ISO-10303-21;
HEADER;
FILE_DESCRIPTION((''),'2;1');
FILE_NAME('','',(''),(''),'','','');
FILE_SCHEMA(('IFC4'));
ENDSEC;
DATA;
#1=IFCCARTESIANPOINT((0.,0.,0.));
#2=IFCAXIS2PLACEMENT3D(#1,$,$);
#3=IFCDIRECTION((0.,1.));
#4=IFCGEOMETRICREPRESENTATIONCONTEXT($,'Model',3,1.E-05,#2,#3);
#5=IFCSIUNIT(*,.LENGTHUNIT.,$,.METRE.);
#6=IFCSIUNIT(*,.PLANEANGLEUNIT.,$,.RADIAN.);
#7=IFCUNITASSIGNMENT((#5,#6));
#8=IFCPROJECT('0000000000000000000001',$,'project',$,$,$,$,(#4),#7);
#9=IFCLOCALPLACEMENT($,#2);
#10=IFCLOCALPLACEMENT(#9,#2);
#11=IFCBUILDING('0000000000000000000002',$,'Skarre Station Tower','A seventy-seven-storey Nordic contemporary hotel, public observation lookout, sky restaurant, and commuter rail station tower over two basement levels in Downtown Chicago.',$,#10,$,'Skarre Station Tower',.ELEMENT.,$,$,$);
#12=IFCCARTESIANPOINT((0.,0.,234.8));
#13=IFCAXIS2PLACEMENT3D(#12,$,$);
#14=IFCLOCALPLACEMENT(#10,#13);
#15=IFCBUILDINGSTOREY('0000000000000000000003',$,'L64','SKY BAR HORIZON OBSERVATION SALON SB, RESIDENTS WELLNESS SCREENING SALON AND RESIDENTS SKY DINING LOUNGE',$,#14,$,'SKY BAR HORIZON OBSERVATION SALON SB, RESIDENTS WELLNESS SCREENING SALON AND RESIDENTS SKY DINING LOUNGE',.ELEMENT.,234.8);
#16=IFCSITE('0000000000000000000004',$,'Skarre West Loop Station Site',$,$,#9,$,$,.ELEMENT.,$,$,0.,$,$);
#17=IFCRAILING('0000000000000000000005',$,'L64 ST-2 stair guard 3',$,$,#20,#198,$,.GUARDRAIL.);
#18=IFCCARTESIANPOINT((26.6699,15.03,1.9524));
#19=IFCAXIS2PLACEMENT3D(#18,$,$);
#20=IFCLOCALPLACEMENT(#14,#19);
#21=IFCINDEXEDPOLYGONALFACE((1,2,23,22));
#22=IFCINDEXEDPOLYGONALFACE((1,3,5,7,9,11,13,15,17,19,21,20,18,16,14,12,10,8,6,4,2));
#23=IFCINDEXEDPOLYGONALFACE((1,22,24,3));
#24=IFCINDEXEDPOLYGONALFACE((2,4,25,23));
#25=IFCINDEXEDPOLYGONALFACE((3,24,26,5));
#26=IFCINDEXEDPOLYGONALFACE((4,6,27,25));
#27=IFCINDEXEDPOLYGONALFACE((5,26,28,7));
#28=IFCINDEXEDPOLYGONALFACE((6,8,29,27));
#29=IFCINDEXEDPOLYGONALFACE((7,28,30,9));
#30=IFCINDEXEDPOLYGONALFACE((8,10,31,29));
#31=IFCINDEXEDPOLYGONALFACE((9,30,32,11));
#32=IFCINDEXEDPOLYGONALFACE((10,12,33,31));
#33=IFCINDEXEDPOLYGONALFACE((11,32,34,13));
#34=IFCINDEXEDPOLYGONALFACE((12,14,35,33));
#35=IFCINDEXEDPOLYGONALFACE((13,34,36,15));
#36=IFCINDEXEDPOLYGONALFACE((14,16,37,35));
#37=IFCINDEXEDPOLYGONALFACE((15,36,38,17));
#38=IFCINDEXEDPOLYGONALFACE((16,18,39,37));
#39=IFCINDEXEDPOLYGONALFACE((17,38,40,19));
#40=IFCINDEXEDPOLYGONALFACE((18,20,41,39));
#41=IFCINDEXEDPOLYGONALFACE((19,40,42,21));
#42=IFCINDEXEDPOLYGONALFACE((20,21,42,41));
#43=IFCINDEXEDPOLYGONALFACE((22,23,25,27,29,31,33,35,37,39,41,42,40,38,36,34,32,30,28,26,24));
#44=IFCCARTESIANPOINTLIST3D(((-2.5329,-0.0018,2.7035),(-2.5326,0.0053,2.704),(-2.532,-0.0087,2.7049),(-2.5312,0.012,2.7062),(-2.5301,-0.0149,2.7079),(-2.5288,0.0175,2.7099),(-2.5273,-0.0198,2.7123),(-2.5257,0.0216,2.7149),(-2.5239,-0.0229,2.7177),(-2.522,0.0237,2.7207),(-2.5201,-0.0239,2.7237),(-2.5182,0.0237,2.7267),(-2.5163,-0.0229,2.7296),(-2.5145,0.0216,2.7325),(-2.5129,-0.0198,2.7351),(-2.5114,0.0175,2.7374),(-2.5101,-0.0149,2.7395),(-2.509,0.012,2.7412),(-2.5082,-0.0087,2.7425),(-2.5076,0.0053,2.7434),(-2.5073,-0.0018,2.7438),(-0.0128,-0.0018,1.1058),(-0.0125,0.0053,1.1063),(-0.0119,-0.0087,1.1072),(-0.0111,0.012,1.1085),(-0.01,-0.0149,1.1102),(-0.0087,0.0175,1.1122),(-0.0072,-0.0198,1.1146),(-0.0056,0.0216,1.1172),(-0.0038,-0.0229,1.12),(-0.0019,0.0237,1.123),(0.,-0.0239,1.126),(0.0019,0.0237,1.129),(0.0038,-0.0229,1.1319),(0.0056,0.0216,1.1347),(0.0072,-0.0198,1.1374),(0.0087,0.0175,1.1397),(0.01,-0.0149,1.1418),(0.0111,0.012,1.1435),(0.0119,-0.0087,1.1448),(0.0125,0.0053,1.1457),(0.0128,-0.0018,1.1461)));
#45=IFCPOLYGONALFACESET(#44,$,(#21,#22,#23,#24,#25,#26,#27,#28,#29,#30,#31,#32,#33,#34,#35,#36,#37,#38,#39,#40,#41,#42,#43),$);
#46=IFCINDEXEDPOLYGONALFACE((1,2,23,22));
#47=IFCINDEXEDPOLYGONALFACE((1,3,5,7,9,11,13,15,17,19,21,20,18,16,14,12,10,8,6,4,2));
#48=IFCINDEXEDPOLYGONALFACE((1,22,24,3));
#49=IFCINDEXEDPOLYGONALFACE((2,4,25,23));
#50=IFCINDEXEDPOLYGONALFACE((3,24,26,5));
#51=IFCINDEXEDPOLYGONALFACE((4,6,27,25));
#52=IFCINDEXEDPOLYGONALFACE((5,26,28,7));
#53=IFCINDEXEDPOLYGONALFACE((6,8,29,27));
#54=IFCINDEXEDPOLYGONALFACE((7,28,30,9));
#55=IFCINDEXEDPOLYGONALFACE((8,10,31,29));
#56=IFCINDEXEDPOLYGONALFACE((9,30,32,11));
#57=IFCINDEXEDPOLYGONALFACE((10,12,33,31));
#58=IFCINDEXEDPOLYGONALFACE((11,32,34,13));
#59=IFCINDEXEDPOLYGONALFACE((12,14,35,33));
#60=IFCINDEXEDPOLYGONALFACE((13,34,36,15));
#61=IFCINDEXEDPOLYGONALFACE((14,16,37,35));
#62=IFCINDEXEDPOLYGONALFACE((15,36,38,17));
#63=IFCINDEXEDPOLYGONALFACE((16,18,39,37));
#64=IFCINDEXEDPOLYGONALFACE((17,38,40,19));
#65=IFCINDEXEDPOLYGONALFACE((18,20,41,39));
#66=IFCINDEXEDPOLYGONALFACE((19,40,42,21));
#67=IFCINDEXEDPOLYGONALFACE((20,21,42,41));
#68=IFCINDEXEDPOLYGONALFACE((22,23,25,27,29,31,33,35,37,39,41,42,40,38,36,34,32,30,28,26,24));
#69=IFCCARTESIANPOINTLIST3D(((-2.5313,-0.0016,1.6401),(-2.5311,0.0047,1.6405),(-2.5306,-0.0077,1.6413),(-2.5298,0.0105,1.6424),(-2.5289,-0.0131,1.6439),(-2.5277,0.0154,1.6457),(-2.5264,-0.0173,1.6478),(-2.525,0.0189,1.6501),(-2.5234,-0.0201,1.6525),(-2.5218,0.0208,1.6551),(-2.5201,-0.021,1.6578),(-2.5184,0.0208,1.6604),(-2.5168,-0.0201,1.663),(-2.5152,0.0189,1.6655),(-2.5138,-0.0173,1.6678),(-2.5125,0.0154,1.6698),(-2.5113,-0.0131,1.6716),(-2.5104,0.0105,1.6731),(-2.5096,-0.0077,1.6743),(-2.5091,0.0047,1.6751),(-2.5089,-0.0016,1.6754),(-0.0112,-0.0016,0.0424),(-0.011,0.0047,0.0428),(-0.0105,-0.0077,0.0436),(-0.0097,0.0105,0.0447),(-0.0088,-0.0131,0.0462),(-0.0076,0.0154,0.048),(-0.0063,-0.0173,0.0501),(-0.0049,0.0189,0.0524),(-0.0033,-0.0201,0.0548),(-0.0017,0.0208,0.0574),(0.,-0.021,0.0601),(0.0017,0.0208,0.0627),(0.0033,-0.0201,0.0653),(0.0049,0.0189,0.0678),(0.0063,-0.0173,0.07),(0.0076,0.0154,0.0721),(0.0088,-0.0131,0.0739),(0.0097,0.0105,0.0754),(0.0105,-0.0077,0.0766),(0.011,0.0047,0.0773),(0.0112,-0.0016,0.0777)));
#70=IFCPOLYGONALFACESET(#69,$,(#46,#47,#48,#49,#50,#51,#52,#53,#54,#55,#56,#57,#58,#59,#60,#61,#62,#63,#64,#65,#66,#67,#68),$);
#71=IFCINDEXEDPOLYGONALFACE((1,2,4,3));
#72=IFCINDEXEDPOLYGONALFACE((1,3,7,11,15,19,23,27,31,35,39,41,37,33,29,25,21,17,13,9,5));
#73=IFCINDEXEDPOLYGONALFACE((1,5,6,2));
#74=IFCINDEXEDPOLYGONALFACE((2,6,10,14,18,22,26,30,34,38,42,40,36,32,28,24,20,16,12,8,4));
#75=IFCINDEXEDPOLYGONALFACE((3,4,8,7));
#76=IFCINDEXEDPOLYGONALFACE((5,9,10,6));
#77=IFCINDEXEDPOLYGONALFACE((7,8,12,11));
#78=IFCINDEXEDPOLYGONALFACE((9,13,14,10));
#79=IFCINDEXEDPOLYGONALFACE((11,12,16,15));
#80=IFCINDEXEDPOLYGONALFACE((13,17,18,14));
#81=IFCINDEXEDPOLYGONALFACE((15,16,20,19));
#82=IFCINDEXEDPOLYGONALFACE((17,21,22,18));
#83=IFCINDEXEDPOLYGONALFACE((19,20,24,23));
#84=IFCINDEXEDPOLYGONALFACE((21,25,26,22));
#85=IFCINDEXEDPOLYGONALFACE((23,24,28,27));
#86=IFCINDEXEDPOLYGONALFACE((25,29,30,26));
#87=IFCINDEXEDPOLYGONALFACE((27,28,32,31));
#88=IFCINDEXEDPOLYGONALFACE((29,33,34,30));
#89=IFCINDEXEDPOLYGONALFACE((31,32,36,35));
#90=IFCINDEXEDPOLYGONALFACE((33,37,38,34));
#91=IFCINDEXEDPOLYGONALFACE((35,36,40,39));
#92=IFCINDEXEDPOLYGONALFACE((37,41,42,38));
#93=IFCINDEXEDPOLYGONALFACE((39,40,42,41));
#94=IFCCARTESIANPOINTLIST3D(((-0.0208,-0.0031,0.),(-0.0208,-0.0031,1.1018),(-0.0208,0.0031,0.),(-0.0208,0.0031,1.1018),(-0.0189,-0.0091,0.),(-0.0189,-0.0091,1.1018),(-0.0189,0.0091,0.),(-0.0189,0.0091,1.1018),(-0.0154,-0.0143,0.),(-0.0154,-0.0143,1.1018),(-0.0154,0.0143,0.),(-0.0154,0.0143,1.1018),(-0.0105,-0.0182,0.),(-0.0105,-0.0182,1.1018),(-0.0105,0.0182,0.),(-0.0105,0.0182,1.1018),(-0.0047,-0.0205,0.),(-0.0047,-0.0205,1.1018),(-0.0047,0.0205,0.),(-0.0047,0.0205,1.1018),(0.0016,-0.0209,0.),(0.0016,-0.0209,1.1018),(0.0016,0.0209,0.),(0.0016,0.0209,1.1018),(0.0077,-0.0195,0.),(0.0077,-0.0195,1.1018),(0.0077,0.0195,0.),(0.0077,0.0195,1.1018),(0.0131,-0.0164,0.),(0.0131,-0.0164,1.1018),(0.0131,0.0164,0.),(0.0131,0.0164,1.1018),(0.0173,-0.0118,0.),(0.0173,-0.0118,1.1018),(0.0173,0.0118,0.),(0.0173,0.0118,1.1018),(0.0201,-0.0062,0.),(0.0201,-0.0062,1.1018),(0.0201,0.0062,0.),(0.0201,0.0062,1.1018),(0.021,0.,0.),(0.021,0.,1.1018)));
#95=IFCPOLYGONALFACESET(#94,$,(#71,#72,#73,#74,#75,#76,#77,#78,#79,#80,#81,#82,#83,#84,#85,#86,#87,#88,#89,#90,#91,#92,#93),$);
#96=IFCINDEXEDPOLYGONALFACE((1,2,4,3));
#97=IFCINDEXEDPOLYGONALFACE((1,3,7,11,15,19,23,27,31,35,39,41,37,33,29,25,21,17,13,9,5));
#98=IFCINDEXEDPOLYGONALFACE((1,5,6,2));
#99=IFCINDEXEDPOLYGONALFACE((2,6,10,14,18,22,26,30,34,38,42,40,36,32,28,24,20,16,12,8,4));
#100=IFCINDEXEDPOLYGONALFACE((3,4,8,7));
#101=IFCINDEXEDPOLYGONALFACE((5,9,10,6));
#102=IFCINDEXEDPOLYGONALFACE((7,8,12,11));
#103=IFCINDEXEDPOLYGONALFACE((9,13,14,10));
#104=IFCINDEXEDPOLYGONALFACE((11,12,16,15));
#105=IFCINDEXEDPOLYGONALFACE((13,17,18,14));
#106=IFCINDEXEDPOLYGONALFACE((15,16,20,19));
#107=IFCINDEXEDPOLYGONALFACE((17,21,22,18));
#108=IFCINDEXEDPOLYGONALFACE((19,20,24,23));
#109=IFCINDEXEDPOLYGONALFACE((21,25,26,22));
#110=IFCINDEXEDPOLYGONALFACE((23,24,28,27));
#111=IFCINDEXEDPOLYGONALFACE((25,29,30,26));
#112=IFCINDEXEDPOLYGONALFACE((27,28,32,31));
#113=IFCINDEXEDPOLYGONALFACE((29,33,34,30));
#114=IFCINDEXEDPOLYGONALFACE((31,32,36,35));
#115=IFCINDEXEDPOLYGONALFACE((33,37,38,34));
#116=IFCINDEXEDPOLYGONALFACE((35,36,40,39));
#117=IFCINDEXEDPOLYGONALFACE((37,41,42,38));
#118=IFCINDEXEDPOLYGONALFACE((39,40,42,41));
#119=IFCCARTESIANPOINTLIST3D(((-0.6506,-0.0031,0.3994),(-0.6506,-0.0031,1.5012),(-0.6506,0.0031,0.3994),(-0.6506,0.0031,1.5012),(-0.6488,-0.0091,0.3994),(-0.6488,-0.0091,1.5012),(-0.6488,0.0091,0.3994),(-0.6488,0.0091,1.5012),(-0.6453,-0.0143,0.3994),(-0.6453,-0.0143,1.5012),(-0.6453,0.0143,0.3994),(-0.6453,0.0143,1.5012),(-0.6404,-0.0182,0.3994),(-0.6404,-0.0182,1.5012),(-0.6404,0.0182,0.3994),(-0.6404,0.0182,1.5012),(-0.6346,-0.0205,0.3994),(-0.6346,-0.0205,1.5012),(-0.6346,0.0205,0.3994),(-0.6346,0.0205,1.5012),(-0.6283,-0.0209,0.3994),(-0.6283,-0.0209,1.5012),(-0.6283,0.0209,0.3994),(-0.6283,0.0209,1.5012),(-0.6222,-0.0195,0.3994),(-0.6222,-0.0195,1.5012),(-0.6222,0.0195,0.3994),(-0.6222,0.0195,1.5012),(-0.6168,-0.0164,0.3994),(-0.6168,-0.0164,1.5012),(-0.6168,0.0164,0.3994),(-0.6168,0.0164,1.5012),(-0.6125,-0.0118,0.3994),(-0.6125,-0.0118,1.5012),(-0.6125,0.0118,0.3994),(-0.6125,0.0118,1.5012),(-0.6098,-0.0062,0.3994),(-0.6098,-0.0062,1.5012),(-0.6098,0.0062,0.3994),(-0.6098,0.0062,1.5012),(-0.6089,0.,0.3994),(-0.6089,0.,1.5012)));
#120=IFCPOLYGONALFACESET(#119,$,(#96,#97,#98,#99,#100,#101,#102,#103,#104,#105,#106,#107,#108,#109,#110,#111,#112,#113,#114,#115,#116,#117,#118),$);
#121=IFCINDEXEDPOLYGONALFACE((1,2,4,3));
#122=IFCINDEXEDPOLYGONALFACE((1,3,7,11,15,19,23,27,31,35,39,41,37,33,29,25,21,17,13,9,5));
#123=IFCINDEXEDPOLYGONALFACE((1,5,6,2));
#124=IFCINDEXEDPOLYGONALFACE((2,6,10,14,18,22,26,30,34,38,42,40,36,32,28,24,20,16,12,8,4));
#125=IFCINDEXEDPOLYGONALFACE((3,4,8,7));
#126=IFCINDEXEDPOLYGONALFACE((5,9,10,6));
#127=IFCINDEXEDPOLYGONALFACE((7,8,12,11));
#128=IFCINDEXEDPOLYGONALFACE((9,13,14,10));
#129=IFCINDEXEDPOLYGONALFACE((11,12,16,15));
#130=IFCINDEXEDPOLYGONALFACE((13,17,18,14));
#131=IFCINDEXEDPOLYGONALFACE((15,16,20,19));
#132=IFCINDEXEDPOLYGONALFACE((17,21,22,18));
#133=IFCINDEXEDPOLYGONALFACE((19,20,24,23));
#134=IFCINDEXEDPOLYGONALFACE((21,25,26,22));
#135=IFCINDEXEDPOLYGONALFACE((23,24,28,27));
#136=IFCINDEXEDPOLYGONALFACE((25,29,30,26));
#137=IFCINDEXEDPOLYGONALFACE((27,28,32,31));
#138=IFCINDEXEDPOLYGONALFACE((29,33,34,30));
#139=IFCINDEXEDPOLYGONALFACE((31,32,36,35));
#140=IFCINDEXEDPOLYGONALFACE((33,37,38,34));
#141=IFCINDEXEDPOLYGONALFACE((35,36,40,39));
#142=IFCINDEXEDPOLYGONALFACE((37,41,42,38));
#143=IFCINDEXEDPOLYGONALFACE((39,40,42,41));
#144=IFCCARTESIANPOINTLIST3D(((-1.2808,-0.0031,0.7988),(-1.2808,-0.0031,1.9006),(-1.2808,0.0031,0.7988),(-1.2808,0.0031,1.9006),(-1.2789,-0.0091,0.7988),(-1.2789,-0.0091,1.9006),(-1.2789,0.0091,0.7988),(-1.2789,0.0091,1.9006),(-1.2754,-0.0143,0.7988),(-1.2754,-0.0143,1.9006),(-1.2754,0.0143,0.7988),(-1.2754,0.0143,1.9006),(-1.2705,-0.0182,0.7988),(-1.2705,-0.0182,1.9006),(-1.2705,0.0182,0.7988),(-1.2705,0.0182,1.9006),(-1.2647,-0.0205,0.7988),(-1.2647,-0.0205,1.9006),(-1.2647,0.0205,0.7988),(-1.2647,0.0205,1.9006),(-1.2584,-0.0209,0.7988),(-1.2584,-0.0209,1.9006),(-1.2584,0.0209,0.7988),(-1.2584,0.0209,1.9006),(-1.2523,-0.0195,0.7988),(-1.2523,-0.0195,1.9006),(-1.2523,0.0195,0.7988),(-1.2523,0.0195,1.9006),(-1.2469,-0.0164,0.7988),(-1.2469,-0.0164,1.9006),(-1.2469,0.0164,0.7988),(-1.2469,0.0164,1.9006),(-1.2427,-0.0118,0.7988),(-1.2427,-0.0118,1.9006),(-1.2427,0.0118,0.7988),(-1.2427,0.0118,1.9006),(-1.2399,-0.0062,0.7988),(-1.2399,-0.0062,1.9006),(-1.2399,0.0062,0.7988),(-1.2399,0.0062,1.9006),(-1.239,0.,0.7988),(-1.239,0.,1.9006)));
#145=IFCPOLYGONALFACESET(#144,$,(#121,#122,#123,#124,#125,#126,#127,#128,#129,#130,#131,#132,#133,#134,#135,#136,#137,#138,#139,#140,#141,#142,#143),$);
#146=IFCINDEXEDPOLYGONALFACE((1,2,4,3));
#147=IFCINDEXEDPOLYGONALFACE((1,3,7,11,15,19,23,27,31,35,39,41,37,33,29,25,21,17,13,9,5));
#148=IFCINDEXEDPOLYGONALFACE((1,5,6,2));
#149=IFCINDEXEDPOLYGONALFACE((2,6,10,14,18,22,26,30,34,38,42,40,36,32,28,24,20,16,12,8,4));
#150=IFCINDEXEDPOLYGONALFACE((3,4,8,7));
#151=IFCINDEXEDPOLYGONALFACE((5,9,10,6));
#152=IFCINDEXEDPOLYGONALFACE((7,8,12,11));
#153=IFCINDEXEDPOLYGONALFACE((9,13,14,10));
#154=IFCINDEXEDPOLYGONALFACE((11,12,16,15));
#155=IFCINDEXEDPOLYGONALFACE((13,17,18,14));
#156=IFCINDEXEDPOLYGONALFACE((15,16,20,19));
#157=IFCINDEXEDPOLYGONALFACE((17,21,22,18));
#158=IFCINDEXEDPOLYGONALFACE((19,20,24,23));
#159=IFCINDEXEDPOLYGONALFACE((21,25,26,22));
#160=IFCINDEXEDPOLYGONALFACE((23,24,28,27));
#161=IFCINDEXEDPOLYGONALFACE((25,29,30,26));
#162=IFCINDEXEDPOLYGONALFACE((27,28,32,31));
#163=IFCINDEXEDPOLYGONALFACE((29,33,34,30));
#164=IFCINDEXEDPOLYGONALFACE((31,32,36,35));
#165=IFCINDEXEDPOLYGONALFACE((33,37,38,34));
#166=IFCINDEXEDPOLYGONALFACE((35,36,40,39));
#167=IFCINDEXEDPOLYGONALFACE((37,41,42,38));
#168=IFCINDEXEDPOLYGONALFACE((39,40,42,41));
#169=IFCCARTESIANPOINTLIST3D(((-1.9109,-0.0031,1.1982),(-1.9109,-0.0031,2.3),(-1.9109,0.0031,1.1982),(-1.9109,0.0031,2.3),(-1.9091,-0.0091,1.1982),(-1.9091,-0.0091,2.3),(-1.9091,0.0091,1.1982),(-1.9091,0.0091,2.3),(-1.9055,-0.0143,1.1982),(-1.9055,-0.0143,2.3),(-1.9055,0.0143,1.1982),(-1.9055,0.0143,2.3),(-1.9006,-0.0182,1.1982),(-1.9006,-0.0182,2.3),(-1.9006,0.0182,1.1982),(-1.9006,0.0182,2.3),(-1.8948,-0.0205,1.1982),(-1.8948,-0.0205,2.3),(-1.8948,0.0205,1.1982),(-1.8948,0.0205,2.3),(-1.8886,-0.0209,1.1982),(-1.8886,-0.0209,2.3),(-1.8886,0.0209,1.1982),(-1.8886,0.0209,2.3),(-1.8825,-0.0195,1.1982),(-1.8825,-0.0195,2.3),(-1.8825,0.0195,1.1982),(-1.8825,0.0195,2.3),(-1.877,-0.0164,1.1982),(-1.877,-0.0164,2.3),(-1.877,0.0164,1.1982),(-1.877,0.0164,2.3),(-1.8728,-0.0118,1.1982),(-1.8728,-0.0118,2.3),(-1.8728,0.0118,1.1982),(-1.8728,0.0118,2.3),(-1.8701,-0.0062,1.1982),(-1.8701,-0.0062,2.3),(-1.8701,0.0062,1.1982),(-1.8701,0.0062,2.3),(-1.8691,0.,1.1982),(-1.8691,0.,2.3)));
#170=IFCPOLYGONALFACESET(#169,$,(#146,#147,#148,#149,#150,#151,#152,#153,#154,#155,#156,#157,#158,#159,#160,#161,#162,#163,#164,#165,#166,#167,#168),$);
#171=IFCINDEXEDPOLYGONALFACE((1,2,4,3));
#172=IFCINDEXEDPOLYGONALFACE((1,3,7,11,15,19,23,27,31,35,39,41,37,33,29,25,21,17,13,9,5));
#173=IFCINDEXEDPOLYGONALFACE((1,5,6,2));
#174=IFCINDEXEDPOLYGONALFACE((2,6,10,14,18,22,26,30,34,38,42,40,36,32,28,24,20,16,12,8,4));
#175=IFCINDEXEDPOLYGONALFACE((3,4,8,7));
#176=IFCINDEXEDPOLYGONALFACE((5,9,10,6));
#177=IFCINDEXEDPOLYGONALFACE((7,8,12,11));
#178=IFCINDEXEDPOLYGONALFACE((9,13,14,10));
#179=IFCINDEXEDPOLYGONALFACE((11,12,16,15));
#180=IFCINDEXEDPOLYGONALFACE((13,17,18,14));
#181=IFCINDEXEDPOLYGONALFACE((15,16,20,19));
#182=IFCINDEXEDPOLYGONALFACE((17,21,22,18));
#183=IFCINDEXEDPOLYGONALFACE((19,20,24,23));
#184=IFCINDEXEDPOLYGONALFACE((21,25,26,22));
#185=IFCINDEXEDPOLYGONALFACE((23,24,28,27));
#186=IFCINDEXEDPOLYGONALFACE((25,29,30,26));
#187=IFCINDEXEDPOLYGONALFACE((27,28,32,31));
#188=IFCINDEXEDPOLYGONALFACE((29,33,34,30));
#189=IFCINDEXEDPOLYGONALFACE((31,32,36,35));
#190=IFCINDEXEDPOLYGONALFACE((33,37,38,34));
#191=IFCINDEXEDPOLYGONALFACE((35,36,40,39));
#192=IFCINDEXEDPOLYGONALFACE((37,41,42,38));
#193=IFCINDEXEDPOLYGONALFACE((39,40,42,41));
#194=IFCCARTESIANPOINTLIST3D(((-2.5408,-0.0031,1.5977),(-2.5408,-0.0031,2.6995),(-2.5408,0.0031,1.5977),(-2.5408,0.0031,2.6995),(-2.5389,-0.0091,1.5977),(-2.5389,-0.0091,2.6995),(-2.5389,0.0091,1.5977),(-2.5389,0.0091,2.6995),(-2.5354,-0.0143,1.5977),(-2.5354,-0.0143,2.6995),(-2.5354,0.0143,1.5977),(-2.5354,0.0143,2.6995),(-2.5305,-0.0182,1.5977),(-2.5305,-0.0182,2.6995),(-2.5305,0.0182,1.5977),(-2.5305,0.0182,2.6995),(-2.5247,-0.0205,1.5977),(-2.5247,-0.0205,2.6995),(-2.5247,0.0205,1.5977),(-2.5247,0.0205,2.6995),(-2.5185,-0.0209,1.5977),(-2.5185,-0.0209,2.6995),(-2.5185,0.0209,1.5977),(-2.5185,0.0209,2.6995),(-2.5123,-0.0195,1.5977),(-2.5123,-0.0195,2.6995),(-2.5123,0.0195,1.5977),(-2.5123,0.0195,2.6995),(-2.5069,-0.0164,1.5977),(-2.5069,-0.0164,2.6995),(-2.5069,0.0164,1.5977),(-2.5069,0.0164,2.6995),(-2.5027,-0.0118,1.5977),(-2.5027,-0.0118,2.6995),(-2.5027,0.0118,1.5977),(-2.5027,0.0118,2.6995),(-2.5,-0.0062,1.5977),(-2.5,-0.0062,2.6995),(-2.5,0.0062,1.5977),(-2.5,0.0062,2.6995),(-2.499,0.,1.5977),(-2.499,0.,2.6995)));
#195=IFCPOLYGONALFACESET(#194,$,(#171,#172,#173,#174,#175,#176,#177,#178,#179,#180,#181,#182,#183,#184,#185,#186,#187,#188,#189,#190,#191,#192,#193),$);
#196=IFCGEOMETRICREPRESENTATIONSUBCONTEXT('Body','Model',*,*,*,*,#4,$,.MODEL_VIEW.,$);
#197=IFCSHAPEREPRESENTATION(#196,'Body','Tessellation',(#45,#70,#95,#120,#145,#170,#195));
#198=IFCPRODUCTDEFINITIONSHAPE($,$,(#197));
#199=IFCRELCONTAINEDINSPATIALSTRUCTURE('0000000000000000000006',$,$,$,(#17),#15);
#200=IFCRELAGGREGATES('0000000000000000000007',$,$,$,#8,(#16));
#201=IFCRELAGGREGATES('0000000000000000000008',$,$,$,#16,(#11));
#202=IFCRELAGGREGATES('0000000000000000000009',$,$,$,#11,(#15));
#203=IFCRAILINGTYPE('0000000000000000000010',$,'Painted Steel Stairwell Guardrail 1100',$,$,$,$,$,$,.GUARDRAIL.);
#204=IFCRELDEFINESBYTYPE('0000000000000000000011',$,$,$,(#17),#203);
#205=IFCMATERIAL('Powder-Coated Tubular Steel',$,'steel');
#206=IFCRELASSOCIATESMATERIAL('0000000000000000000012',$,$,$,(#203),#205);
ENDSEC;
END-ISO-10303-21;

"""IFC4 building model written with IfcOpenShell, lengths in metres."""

from ifc_helpers import new_model, si_unit, direction, frame, origin, origin_2d, place, context, subcontext, project, spatial, circle, extrude, material, type_object, element, save


model = new_model("IFC4")

# Units and contexts
model_context = context("Model", 3, precision=1e-05, world=origin(), true_north=direction((0.0, 1.0)))
body_context = subcontext(model_context, "Body", "Model", "MODEL_VIEW")
ifc_project = project(units=[si_unit("LENGTHUNIT", "METRE"), si_unit("PLANEANGLEUNIT", "RADIAN")], contexts=[model_context])

# Site, building, storey
site_placement = place(None, origin())
site = spatial("IfcSite", under=ifc_project, at=site_placement, Name="Skarre West Loop Station Site", CompositionType="ELEMENT", RefElevation=0.0)
building_placement = place(site_placement, origin())
building = spatial("IfcBuilding", under=site, at=building_placement, Name="Skarre Station Tower", Description="A seventy-seven-storey Nordic contemporary hotel, public observation lookout, sky restaurant, and commuter rail station tower over two basement levels in Downtown Chicago.", LongName="Skarre Station Tower", CompositionType="ELEMENT")
storey_placement = place(building_placement, frame((0.0, 0.0, 234.8)))
storey = spatial("IfcBuildingStorey", under=building, at=storey_placement, Name="L64", Description="SKY BAR HORIZON OBSERVATION SALON SB, RESIDENTS WELLNESS SCREENING SALON AND RESIDENTS SKY DINING LOUNGE", LongName="SKY BAR HORIZON OBSERVATION SALON SB, RESIDENTS WELLNESS SCREENING SALON AND RESIDENTS SKY DINING LOUNGE", CompositionType="ELEMENT", Elevation=234.8)

# Railing
ifc_material_1 = material(Name="Powder-Coated Tubular Steel", Category="steel")
railing_type_1 = type_object("IfcRailingType", Name="Painted Steel Stairwell Guardrail 1100", PredefinedType="GUARDRAIL", material=ifc_material_1)
railing_1_placement = place(storey_placement, frame((26.6699, 15.03, 1.9524)))
element("IfcRailing", 1, at=railing_1_placement, inside=storey, type_object=railing_type_1, Name="L64 ST-2 stair guard 3", PredefinedType="GUARDRAIL", context=body_context, shape_type="SweptSolid", body=[
    extrude(circle(Radius=0.0239, at=origin_2d()), frame((0.0, 0.0, 1.126), z_axis=(-0.84457, 0.0, 0.535445), x_axis=(0.0, -1.0, 0.0)), (0.0, 0.0, 1.0), 2.9839),
    extrude(circle(Radius=0.021, at=origin_2d()), frame((0.0, 0.0, 0.0601), z_axis=(-0.84457, 0.0, 0.535445), x_axis=(0.0, -1.0, 0.0)), (0.0, 0.0, 1.0), 2.9839),
    extrude(circle(Radius=0.021, at=origin_2d()), origin(), (0.0, 0.0, 1.0), 1.1018),
    extrude(circle(Radius=0.021, at=origin_2d()), frame((-0.6299, 0.0, 0.3994)), (0.0, 0.0, 1.0), 1.1018),
    extrude(circle(Radius=0.021, at=origin_2d()), frame((-1.26, 0.0, 0.7988)), (0.0, 0.0, 1.0), 1.1018),
    extrude(circle(Radius=0.021, at=origin_2d()), frame((-1.8901, 0.0, 1.1982)), (0.0, 0.0, 1.0), 1.1018),
    extrude(circle(Radius=0.021, at=origin_2d()), frame((-2.52, 0.0, 1.5977)), (0.0, 0.0, 1.0), 1.1018),
])

save(model, "model.ifc")
